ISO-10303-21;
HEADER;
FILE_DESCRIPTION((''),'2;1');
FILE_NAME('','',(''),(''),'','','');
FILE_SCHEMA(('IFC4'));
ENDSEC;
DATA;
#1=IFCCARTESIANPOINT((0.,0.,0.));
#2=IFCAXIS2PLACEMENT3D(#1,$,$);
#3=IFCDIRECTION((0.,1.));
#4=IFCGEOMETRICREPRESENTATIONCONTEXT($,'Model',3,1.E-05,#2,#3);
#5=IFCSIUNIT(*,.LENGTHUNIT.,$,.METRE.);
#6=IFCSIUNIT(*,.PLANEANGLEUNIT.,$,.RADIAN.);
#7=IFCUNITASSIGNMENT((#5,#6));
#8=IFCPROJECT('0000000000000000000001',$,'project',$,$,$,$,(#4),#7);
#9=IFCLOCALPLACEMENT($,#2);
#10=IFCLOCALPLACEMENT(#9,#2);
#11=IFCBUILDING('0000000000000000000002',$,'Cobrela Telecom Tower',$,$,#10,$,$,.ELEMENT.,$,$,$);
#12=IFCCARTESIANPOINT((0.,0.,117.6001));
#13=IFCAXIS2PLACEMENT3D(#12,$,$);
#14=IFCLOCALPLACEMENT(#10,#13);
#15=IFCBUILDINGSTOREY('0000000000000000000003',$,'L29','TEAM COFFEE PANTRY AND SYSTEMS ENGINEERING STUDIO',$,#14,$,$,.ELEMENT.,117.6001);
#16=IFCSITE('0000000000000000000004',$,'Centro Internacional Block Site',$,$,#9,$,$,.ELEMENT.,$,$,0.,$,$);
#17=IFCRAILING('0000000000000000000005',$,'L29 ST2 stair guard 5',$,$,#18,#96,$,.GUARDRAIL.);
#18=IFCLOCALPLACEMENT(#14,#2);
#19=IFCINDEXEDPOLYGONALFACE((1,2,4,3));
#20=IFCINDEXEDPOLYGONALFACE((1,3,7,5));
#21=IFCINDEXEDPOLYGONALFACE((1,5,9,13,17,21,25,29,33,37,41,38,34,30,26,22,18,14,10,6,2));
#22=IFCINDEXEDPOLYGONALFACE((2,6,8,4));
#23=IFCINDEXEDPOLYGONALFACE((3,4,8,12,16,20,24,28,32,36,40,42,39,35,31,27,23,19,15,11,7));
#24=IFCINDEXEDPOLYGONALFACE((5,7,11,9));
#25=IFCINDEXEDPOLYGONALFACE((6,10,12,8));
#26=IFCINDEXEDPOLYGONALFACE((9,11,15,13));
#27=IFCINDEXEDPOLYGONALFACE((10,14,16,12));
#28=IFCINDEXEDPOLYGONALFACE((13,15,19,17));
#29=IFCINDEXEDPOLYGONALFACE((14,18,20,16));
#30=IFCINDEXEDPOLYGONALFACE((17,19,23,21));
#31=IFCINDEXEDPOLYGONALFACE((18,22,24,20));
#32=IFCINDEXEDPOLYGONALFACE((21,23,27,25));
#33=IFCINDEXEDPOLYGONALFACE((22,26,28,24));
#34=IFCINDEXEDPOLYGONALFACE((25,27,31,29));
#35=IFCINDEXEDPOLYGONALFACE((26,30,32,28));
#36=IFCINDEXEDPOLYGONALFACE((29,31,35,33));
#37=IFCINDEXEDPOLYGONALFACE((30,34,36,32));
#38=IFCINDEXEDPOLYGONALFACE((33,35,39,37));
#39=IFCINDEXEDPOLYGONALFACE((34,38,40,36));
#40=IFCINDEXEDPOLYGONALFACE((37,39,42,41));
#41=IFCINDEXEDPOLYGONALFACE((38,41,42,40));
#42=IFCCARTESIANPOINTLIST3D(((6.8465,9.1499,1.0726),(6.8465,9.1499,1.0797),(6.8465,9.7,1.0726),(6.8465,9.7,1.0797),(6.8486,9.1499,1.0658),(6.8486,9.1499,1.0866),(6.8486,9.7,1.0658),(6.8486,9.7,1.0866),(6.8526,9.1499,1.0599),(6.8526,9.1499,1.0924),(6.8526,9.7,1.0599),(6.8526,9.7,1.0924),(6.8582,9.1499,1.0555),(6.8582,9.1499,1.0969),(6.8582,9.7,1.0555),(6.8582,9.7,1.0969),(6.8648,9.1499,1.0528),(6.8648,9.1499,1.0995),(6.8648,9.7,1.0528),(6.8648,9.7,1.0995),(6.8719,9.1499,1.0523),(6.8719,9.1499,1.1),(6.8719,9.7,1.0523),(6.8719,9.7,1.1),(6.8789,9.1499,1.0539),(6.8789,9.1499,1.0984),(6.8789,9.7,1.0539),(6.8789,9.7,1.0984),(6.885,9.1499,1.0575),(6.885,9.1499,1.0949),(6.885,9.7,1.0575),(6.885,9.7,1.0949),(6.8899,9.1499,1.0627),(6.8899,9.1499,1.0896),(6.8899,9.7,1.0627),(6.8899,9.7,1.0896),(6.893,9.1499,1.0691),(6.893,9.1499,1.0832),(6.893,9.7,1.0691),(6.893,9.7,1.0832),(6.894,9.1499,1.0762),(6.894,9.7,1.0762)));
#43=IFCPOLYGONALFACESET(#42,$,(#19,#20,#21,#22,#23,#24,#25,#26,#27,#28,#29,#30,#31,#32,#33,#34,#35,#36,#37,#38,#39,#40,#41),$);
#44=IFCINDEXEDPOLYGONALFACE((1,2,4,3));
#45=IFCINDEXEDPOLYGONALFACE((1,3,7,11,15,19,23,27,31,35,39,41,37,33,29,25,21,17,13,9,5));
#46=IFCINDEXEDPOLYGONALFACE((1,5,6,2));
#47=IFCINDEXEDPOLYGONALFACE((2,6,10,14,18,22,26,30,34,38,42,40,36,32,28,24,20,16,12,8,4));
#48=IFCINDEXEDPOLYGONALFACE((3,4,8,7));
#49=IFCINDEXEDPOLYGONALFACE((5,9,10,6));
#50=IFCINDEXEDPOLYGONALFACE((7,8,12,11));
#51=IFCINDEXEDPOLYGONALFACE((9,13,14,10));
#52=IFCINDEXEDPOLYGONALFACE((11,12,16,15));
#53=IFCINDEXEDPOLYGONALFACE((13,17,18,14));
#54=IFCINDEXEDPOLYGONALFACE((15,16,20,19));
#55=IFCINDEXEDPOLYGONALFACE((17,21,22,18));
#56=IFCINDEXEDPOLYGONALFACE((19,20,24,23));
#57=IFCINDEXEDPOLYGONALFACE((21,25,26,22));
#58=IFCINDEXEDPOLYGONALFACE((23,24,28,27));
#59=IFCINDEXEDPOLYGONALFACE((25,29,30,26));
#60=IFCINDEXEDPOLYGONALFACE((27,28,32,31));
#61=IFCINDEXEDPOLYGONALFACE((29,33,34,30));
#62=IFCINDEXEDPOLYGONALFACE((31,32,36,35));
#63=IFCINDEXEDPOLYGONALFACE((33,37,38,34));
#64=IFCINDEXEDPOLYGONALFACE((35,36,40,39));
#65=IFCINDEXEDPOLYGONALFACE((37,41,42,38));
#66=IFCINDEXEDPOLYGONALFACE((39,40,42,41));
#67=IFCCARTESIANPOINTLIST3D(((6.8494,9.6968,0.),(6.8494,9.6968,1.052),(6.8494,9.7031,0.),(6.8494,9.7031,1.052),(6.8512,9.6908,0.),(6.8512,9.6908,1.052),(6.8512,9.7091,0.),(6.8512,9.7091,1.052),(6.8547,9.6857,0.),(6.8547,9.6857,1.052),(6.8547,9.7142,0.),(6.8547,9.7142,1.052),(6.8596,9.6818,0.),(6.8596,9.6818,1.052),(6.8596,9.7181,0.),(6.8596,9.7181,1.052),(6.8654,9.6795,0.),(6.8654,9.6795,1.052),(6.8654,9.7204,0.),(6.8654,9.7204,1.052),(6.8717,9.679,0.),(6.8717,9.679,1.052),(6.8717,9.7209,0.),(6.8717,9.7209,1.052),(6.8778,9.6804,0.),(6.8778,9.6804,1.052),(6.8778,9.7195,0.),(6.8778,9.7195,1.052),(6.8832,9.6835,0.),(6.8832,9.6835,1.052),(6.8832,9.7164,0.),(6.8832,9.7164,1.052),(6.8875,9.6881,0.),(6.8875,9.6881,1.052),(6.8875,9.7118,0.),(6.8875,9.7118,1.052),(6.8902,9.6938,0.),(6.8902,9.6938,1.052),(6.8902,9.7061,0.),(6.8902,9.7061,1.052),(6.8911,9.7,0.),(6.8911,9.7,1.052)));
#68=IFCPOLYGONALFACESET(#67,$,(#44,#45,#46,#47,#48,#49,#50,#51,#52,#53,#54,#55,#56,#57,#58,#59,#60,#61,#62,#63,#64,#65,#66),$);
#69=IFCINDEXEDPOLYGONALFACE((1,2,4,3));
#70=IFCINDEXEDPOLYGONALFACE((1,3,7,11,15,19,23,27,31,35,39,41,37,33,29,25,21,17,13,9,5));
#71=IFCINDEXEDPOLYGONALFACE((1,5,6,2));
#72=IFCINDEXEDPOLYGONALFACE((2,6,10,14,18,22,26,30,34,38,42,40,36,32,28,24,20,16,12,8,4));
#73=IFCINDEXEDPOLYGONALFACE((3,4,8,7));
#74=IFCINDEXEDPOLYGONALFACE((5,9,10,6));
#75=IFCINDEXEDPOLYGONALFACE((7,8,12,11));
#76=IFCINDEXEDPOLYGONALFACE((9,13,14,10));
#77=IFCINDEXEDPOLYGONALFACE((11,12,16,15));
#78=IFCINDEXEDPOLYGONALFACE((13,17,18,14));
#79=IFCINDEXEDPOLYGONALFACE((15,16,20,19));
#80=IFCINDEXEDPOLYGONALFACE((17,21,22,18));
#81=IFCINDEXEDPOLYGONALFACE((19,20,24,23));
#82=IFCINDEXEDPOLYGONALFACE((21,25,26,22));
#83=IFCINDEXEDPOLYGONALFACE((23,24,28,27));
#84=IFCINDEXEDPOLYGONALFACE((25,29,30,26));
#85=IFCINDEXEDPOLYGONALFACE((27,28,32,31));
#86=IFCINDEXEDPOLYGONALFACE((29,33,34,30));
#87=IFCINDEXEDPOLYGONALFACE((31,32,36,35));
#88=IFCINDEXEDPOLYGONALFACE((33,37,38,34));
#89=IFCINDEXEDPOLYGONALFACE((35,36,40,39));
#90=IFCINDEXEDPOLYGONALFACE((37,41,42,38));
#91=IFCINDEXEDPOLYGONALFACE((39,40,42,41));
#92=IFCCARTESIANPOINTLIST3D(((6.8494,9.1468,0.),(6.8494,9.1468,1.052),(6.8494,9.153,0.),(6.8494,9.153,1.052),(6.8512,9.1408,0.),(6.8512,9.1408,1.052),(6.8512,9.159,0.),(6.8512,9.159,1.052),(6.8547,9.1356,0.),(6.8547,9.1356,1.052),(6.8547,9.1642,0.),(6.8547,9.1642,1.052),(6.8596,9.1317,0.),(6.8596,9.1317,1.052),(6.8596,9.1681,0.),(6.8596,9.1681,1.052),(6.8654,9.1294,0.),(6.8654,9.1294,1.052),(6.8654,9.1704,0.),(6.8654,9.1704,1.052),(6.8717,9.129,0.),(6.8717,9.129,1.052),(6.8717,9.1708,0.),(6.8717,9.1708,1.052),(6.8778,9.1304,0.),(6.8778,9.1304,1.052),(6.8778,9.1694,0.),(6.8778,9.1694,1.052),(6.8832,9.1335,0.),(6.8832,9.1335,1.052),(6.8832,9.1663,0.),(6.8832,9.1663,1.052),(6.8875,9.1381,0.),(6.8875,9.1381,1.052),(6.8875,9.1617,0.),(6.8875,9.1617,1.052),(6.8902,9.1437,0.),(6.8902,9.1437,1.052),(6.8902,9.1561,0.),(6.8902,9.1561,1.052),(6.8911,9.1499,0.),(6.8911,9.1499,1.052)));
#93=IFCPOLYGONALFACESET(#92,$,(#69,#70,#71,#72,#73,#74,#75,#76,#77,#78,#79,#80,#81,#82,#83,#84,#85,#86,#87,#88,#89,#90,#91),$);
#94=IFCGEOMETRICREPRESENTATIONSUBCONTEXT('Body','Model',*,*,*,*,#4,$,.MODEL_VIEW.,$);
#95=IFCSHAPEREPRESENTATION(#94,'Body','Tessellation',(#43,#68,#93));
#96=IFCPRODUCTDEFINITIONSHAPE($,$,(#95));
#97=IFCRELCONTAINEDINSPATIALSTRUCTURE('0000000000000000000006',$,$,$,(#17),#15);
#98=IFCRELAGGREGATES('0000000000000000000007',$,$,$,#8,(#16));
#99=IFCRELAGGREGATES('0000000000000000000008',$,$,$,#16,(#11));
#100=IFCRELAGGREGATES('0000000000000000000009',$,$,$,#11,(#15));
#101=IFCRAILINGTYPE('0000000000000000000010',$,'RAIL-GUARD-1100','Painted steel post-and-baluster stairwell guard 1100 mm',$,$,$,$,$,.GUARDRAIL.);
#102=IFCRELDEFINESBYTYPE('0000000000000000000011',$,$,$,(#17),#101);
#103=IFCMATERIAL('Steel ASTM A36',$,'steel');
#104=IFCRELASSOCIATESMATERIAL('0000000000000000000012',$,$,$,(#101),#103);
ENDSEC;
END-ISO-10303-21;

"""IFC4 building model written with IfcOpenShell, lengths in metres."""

from ifc_helpers import new_model, si_unit, direction, frame, origin, origin_2d, place, context, subcontext, project, spatial, circle, extrude, material, type_object, element, save


model = new_model("IFC4")

# Units and contexts
model_context = context("Model", 3, precision=1e-05, world=origin(), true_north=direction((0.0, 1.0)))
body_context = subcontext(model_context, "Body", "Model", "MODEL_VIEW")
ifc_project = project(units=[si_unit("LENGTHUNIT", "METRE"), si_unit("PLANEANGLEUNIT", "RADIAN")], contexts=[model_context])

# Site, building, storey
site_placement = place(None, origin())
site = spatial("IfcSite", under=ifc_project, at=site_placement, Name="Centro Internacional Block Site", CompositionType="ELEMENT", RefElevation=0.0)
building_placement = place(site_placement, origin())
building = spatial("IfcBuilding", under=site, at=building_placement, Name="Cobrela Telecom Tower", CompositionType="ELEMENT")
storey_placement = place(building_placement, frame((0.0, 0.0, 117.6001)))
storey = spatial("IfcBuildingStorey", under=building, at=storey_placement, Name="L29", Description="TEAM COFFEE PANTRY AND SYSTEMS ENGINEERING STUDIO", CompositionType="ELEMENT", Elevation=117.6001)

# Shared definitions
ifc_material_1 = material(Name="Steel ASTM A36", Category="steel")

# Railing
railing_type_1 = type_object("IfcRailingType", Name="RAIL-GUARD-1100", Description="Painted steel post-and-baluster stairwell guard 1100 mm", PredefinedType="GUARDRAIL", material=ifc_material_1)
railing_1_placement = place(storey_placement, frame((6.8701, 9.7, 0.0)))
element("IfcRailing", 1, at=railing_1_placement, inside=storey, type_object=railing_type_1, Name="L29 ST2 stair guard 5", PredefinedType="GUARDRAIL", context=body_context, shape_type="SweptSolid", body=[
    extrude(circle(Radius=0.0239, at=origin_2d()), frame((0.0, 0.0, 1.0762), z_axis=(0.0, -1.0, 0.0), x_axis=(1.0, 0.0, 0.0)), (0.0, 0.0, 1.0), 0.55),
    extrude(circle(Radius=0.021, at=origin_2d()), origin(), (0.0, 0.0, 1.0), 1.052),
    extrude(circle(Radius=0.021, at=origin_2d()), frame((0.0, -0.55, 0.0)), (0.0, 0.0, 1.0), 1.052),
])

save(model, "model.ifc")
